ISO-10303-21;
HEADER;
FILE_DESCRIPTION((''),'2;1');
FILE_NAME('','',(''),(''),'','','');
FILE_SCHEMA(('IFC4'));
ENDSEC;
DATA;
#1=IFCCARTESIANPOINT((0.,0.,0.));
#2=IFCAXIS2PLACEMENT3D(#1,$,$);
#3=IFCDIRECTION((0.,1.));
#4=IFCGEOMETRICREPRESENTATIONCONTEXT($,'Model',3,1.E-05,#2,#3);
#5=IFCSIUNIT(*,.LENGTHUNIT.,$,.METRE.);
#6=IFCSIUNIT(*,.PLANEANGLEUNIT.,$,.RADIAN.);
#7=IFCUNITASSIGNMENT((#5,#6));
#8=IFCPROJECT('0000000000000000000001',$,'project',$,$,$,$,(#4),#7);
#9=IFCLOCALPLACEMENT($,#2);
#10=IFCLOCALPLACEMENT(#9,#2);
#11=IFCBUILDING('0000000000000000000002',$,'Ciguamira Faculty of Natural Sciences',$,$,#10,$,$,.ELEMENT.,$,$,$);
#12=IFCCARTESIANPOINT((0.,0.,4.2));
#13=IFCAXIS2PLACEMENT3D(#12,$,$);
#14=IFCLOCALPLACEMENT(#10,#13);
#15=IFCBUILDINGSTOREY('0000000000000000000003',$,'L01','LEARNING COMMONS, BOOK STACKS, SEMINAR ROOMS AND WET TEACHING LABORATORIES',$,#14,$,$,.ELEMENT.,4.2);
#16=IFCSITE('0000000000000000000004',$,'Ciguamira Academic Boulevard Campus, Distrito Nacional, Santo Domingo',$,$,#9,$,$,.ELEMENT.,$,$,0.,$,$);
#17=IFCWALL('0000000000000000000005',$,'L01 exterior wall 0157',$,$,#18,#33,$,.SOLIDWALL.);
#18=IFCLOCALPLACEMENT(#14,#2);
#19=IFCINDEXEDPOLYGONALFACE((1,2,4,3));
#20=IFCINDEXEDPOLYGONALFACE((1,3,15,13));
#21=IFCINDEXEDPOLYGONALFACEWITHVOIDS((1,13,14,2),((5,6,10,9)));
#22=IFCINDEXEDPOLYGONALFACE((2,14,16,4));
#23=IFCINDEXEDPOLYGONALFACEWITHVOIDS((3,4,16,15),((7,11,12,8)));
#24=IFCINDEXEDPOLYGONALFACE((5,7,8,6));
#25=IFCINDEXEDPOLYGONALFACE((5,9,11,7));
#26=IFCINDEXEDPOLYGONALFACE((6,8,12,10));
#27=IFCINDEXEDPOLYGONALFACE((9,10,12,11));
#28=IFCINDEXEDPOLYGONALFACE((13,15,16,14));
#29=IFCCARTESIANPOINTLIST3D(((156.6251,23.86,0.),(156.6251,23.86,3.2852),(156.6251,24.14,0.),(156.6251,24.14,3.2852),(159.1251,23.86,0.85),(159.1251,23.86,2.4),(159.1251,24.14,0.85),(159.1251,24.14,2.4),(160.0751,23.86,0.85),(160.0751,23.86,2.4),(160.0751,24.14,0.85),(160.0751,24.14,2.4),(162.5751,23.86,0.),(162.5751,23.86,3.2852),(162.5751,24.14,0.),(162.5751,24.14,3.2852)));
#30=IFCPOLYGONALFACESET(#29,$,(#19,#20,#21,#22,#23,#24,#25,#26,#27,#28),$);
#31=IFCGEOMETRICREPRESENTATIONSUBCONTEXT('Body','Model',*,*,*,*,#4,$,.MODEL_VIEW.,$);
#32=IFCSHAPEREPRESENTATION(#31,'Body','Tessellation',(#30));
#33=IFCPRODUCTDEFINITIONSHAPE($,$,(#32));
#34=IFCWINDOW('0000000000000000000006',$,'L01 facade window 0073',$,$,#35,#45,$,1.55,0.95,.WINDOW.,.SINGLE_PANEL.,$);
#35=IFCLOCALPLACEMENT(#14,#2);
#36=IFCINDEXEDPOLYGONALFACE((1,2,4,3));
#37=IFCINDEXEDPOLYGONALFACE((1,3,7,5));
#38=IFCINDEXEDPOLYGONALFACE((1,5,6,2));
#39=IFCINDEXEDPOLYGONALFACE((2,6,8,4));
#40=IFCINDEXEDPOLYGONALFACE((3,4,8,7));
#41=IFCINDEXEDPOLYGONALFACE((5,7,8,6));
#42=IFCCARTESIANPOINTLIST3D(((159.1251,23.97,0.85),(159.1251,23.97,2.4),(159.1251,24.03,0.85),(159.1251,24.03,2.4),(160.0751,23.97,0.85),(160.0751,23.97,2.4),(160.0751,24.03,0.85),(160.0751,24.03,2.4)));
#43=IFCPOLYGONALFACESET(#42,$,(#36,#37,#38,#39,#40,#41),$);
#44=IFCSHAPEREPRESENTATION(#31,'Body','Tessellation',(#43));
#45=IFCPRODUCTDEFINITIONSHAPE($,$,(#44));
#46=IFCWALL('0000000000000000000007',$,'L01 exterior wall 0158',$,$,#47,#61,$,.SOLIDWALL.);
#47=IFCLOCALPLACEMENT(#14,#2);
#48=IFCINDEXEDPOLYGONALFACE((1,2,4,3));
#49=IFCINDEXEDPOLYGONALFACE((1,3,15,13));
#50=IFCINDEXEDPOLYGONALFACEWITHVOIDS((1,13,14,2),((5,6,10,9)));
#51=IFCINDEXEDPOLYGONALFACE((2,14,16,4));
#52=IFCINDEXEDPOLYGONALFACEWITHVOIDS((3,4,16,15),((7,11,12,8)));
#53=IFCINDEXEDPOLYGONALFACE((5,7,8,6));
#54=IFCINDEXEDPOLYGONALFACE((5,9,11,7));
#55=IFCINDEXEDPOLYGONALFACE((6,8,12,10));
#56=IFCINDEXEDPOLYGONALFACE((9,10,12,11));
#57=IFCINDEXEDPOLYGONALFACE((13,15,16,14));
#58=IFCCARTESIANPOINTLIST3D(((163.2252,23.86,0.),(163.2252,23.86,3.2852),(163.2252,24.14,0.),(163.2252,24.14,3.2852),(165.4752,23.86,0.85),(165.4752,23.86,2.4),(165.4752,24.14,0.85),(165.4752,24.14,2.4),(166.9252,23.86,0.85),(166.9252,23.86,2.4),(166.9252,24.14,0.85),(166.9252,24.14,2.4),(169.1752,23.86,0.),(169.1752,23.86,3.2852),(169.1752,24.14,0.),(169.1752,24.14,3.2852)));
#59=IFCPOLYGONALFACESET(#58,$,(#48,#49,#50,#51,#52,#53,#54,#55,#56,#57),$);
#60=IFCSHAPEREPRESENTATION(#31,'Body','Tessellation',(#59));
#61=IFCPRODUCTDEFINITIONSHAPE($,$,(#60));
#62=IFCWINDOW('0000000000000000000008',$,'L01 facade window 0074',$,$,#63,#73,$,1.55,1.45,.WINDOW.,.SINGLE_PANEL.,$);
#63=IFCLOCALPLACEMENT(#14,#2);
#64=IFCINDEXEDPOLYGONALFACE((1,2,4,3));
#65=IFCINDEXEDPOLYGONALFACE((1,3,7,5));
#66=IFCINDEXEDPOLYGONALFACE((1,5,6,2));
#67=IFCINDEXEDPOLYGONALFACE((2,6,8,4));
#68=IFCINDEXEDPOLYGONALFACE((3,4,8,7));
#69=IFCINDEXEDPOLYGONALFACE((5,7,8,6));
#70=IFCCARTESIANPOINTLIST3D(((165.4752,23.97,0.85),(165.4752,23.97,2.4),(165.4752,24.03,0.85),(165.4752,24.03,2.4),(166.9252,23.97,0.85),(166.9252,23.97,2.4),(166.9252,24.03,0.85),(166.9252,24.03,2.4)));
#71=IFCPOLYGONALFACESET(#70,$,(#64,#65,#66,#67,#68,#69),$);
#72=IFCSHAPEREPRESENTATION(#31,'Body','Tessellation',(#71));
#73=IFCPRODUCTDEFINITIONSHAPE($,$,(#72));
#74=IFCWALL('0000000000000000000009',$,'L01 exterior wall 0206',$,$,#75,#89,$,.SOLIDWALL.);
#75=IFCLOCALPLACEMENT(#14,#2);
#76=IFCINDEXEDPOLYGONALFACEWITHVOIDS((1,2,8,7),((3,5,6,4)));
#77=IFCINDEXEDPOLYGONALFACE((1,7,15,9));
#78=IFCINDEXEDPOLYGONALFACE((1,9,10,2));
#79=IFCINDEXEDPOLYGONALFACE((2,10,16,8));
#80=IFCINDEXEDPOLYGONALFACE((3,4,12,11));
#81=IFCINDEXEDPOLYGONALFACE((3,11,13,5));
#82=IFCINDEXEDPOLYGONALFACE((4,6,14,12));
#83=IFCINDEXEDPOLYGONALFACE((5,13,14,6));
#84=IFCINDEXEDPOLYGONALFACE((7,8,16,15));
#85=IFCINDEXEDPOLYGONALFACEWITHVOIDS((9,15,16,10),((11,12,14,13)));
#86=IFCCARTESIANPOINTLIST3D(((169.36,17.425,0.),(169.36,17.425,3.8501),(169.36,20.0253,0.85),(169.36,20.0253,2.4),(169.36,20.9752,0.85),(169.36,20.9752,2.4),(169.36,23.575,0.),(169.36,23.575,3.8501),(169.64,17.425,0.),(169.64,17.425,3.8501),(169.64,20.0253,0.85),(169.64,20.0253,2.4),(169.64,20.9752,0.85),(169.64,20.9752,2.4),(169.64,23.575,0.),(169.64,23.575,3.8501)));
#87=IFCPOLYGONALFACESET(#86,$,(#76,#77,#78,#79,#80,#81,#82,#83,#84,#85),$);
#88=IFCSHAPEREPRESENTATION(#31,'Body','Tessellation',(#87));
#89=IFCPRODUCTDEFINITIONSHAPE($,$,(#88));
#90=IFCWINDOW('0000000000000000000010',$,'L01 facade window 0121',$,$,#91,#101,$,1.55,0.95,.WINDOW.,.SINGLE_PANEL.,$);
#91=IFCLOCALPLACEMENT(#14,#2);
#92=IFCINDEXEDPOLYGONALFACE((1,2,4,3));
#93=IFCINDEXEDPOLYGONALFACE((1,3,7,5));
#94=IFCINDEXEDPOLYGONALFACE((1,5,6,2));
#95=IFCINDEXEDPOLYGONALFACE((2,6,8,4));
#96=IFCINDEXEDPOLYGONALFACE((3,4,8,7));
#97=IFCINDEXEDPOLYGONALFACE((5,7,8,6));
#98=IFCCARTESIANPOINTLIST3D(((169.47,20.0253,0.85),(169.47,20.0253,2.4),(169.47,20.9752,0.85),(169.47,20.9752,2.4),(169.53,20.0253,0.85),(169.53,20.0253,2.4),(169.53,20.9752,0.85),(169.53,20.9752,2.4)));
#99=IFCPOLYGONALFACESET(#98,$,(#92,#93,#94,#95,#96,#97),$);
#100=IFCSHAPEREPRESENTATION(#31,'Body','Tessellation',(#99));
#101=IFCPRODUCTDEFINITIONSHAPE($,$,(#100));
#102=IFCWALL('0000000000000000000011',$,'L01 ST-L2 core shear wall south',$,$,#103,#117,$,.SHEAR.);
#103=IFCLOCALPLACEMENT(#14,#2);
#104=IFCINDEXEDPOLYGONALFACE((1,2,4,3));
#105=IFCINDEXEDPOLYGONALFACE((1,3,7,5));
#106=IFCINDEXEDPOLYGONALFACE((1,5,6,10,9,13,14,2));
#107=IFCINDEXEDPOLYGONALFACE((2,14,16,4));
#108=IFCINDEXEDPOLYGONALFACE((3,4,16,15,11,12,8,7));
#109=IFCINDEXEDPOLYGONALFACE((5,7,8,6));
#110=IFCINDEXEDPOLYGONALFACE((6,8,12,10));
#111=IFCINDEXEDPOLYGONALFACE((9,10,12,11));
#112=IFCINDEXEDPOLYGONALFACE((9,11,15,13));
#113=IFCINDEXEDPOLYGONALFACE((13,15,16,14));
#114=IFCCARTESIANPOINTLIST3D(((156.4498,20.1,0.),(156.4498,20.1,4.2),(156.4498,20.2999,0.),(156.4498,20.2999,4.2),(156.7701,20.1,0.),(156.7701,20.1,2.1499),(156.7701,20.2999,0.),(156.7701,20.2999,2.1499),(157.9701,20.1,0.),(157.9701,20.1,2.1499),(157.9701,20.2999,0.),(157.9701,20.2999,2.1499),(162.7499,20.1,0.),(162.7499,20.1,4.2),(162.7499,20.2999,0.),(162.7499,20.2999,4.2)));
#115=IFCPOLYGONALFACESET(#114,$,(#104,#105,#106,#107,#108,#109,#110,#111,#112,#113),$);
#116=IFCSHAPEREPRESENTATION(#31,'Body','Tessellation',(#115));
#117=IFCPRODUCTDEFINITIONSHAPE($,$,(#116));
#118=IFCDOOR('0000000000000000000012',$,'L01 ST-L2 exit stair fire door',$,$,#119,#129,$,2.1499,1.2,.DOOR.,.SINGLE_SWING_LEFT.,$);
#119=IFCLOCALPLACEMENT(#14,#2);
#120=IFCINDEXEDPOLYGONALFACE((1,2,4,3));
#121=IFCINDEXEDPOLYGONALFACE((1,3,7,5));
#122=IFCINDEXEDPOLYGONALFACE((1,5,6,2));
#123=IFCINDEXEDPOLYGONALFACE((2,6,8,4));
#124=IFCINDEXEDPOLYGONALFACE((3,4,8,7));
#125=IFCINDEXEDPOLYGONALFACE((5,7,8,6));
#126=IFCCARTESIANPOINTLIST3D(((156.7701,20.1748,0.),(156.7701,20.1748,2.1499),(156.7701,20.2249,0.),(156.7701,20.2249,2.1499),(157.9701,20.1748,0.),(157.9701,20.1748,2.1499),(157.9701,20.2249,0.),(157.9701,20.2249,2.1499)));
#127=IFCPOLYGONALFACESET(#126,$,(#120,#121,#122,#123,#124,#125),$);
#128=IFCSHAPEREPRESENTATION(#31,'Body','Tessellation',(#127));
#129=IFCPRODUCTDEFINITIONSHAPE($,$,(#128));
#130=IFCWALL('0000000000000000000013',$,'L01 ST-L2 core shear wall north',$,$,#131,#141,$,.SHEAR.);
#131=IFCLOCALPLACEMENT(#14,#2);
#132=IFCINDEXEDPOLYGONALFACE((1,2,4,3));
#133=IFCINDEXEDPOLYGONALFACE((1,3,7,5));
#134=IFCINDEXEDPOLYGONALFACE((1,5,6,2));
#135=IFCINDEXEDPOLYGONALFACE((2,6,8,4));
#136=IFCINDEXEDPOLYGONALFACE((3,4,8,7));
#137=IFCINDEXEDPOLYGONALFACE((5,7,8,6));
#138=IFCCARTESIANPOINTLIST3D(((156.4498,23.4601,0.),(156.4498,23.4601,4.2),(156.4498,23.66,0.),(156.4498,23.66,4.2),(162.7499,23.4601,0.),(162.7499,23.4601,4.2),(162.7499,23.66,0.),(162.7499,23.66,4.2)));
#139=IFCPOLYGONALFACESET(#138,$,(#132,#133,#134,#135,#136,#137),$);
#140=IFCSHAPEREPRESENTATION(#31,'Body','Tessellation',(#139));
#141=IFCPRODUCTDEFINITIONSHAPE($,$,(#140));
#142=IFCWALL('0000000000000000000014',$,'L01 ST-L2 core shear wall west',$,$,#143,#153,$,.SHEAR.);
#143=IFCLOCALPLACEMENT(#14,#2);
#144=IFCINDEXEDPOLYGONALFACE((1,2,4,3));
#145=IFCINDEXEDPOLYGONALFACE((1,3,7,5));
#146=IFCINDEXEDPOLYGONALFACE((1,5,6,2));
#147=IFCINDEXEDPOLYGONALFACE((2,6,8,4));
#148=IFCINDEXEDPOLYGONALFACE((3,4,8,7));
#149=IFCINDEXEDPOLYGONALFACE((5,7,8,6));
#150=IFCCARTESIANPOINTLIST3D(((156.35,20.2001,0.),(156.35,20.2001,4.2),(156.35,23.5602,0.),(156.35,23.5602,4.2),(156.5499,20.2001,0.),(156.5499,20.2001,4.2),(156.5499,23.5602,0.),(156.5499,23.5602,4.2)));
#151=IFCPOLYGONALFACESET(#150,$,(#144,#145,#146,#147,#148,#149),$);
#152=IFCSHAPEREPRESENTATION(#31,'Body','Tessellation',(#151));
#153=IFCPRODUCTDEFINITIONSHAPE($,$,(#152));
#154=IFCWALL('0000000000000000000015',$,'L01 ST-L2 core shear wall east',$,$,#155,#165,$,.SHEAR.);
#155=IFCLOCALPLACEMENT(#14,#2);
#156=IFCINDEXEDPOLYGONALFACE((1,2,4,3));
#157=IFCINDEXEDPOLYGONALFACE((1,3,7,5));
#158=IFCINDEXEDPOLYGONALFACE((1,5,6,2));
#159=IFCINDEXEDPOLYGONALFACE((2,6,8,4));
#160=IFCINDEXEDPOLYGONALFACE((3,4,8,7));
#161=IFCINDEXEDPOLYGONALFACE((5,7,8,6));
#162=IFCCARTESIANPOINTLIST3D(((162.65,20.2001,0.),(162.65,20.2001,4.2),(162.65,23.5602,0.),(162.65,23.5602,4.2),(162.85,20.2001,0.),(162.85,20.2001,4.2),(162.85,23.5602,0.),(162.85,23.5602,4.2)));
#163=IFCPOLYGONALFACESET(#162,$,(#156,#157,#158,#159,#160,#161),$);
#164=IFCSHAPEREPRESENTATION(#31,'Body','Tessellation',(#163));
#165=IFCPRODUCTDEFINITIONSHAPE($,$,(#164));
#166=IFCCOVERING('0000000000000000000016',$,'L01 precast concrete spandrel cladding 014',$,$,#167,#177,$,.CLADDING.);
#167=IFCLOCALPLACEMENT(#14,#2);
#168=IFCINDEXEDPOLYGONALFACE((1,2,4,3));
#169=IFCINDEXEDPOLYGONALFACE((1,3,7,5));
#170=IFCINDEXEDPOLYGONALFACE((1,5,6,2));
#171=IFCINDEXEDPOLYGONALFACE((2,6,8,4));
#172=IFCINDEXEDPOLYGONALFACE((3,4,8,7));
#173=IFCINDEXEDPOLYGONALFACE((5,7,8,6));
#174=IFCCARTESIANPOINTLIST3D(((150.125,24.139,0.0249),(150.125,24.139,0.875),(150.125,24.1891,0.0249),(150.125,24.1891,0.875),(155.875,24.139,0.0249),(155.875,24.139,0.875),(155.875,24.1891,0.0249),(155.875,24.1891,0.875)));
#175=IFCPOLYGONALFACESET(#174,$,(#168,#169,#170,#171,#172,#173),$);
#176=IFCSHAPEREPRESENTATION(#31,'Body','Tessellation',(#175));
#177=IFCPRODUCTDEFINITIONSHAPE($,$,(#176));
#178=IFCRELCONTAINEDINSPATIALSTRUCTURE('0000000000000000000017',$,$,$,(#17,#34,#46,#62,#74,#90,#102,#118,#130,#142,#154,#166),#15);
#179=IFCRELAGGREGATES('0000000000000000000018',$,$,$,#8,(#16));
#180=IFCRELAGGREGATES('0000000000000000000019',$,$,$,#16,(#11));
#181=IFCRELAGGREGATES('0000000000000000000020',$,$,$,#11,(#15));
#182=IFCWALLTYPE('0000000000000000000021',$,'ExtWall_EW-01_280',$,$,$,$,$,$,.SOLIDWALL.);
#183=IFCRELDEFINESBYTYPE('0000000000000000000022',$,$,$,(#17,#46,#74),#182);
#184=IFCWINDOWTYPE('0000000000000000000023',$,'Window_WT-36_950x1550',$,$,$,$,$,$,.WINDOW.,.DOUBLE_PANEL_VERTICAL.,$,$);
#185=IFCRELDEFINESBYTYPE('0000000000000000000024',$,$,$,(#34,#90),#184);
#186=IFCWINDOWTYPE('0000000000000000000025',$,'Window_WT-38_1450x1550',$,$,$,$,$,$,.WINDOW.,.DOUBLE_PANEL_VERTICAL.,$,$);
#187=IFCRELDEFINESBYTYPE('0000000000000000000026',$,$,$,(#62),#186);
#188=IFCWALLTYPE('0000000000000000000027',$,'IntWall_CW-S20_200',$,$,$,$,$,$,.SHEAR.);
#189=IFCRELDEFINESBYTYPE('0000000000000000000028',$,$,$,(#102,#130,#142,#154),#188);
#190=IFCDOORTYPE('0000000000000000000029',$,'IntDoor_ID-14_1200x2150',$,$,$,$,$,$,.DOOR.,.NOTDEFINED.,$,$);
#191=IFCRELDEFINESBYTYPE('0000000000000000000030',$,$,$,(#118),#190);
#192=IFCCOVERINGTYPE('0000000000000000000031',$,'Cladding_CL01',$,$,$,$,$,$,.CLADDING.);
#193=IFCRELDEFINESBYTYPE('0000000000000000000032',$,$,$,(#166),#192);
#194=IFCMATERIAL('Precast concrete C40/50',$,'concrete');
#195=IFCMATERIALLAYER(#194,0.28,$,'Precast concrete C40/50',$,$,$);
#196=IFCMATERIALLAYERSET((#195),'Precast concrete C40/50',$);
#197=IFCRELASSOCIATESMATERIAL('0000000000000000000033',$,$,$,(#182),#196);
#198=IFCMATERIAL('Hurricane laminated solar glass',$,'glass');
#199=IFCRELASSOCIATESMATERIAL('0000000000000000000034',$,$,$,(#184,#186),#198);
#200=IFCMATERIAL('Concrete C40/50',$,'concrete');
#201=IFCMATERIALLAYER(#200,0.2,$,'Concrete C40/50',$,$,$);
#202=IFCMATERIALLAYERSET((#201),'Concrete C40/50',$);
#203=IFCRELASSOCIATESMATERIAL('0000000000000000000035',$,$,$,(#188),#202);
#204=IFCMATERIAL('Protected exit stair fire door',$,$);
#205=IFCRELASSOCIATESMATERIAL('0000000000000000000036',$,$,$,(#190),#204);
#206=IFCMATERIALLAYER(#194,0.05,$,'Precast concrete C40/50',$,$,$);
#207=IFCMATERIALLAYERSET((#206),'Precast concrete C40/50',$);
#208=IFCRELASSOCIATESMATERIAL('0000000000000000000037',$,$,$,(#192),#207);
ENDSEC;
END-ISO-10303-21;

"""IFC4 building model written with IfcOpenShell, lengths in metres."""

from ifc_helpers import new_model, si_unit, direction, frame, frame_2d, origin, origin_2d, place, context, subcontext, project, spatial, rectangle, extrude, material, layer, layer_set, type_object, element, fill, save


model = new_model("IFC4")

# Units and contexts
model_context = context("Model", 3, precision=1e-05, world=origin(), true_north=direction((0.0, 1.0)))
body_context = subcontext(model_context, "Body", "Model", "MODEL_VIEW")
ifc_project = project(units=[si_unit("LENGTHUNIT", "METRE"), si_unit("PLANEANGLEUNIT", "RADIAN")], contexts=[model_context])

# Site, building, storey
site_placement = place(None, origin())
site = spatial("IfcSite", under=ifc_project, at=site_placement, Name="Ciguamira Academic Boulevard Campus, Distrito Nacional, Santo Domingo", CompositionType="ELEMENT", RefElevation=0.0)
building_placement = place(site_placement, origin())
building = spatial("IfcBuilding", under=site, at=building_placement, Name="Ciguamira Faculty of Natural Sciences", CompositionType="ELEMENT")
storey_placement = place(building_placement, frame((0.0, 0.0, 4.2)))
storey = spatial("IfcBuildingStorey", under=building, at=storey_placement, Name="L01", Description="LEARNING COMMONS, BOOK STACKS, SEMINAR ROOMS AND WET TEACHING LABORATORIES", CompositionType="ELEMENT", Elevation=4.2)

# Shared definitions
ifc_material_1 = material(Name="Concrete C40/50", Category="concrete")

# Shared definitions
ifc_material_2 = material(Name="Precast concrete C40/50", Category="concrete")

# Walls, openings, windows
ifc_layer_1 = layer(ifc_material_2, 0.28, Name="Precast concrete C40/50")
ifc_layer_set_1 = layer_set([ifc_layer_1], Name="Precast concrete C40/50")
wall_type_1 = type_object("IfcWallType", Name="ExtWall_EW-01_280", PredefinedType="SOLIDWALL", material=ifc_layer_set_1)
wall_1_placement = place(storey_placement, frame((156.625, 24.0, 0.0), z_axis=(0.0, 0.0, 1.0), x_axis=(1.0, 0.0, 0.0)))
wall_1 = element("IfcWall", 1, at=wall_1_placement, inside=storey, type_object=wall_type_1, Name="L01 exterior wall 0157", PredefinedType="SOLIDWALL", context=body_context, shape_type="SweptSolid", body=[
    extrude(rectangle(XDim=5.95, YDim=0.28, at=frame_2d((2.9751, 0.0))), origin(), (0.0, 0.0, 1.0), 3.2852),
])
opening_1_placement = place(wall_1_placement, frame((2.5, 0.0, 0.8501)))
opening_1 = element("IfcOpeningElement", 2, at=opening_1_placement, cuts=wall_1, PredefinedType="OPENING", context=body_context, shape_type="SweptSolid", body=[
    extrude(rectangle(XDim=0.95, YDim=1.55, at=frame_2d((0.4751, 0.7749))), frame((0.0, 0.1499, 0.0), z_axis=(0.0, -1.0, 0.0), x_axis=(1.0, 0.0, 0.0)), (0.0, 0.0, 1.0), 0.3),
])
ifc_material_3 = material(Name="Hurricane laminated solar glass", Category="glass")
window_type_1 = type_object("IfcWindowType", Name="Window_WT-36_950x1550", PartitioningType="DOUBLE_PANEL_VERTICAL", PredefinedType="WINDOW", material=ifc_material_3)
window_1_placement = place(opening_1_placement, origin())
window_1 = element("IfcWindow", 3, at=window_1_placement, inside=storey, type_object=window_type_1, Name="L01 facade window 0073", OverallHeight=1.55, OverallWidth=0.95, PartitioningType="SINGLE_PANEL", PredefinedType="WINDOW", context=body_context, shape_type="SweptSolid", body=[
    extrude(rectangle(XDim=0.95, YDim=1.55, at=frame_2d((0.4751, 0.7749))), frame((0.0, 0.03, 0.0), z_axis=(0.0, -1.0, 0.0), x_axis=(1.0, 0.0, 0.0)), (0.0, 0.0, 1.0), 0.0601),
])
fill(opening_1, window_1)
wall_2_placement = place(storey_placement, frame((163.2251, 24.0, 0.0), z_axis=(0.0, 0.0, 1.0), x_axis=(1.0, 0.0, 0.0)))
wall_2 = element("IfcWall", 4, at=wall_2_placement, inside=storey, type_object=wall_type_1, Name="L01 exterior wall 0158", PredefinedType="SOLIDWALL", context=body_context, shape_type="SweptSolid", body=[
    extrude(rectangle(XDim=5.95, YDim=0.28, at=frame_2d((2.9751, 0.0))), origin(), (0.0, 0.0, 1.0), 3.2852),
])
opening_2_placement = place(wall_2_placement, frame((2.25, 0.0, 0.8501)))
opening_2 = element("IfcOpeningElement", 5, at=opening_2_placement, cuts=wall_2, PredefinedType="OPENING", context=body_context, shape_type="SweptSolid", body=[
    extrude(rectangle(XDim=1.45, YDim=1.55, at=frame_2d((0.7251, 0.7749))), frame((0.0, 0.1499, 0.0), z_axis=(0.0, -1.0, 0.0), x_axis=(1.0, 0.0, 0.0)), (0.0, 0.0, 1.0), 0.3),
])
window_type_2 = type_object("IfcWindowType", Name="Window_WT-38_1450x1550", PartitioningType="DOUBLE_PANEL_VERTICAL", PredefinedType="WINDOW", material=ifc_material_3)
window_2_placement = place(opening_2_placement, origin())
window_2 = element("IfcWindow", 6, at=window_2_placement, inside=storey, type_object=window_type_2, Name="L01 facade window 0074", OverallHeight=1.55, OverallWidth=1.45, PartitioningType="SINGLE_PANEL", PredefinedType="WINDOW", context=body_context, shape_type="SweptSolid", body=[
    extrude(rectangle(XDim=1.45, YDim=1.55, at=frame_2d((0.7251, 0.7749))), frame((0.0, 0.03, 0.0), z_axis=(0.0, -1.0, 0.0), x_axis=(1.0, 0.0, 0.0)), (0.0, 0.0, 1.0), 0.0601),
])
fill(opening_2, window_2)
wall_3_placement = place(storey_placement, frame((169.5, 17.425, 0.0), z_axis=(0.0, 0.0, 1.0), x_axis=(0.0, 1.0, 0.0)))
wall_3 = element("IfcWall", 7, at=wall_3_placement, inside=storey, type_object=wall_type_1, Name="L01 exterior wall 0206", PredefinedType="SOLIDWALL", context=body_context, shape_type="SweptSolid", body=[
    extrude(rectangle(XDim=6.1499, YDim=0.28, at=frame_2d((3.075, 0.0))), origin(), (0.0, 0.0, 1.0), 3.8501),
])
opening_3_placement = place(wall_3_placement, frame((2.6001, 0.0, 0.8501)))
opening_3 = element("IfcOpeningElement", 8, at=opening_3_placement, cuts=wall_3, PredefinedType="OPENING", context=body_context, shape_type="SweptSolid", body=[
    extrude(rectangle(XDim=0.95, YDim=1.55, at=frame_2d((0.4751, 0.7749))), frame((0.0, 0.1499, 0.0), z_axis=(0.0, -1.0, 0.0), x_axis=(1.0, 0.0, 0.0)), (0.0, 0.0, 1.0), 0.3),
])
window_3_placement = place(opening_3_placement, origin())
window_3 = element("IfcWindow", 9, at=window_3_placement, inside=storey, type_object=window_type_1, Name="L01 facade window 0121", OverallHeight=1.55, OverallWidth=0.95, PartitioningType="SINGLE_PANEL", PredefinedType="WINDOW", context=body_context, shape_type="SweptSolid", body=[
    extrude(rectangle(XDim=0.95, YDim=1.55, at=frame_2d((0.4751, 0.7749))), frame((0.0, 0.03, 0.0), z_axis=(0.0, -1.0, 0.0), x_axis=(1.0, 0.0, 0.0)), (0.0, 0.0, 1.0), 0.0601),
])
fill(opening_3, window_3)

# Wall, opening, door
ifc_layer_2 = layer(ifc_material_1, 0.2, Name="Concrete C40/50")
ifc_layer_set_2 = layer_set([ifc_layer_2], Name="Concrete C40/50")
wall_type_2 = type_object("IfcWallType", Name="IntWall_CW-S20_200", PredefinedType="SHEAR", material=ifc_layer_set_2)
wall_4_placement = place(storey_placement, frame((156.45, 20.2, 0.0), z_axis=(0.0, 0.0, 1.0), x_axis=(1.0, 0.0, 0.0)))
wall_4 = element("IfcWall", 10, at=wall_4_placement, inside=storey, type_object=wall_type_2, Name="L01 ST-L2 core shear wall south", PredefinedType="SHEAR", context=body_context, shape_type="SweptSolid", body=[
    extrude(rectangle(XDim=6.3, YDim=0.2, at=frame_2d((3.1499, 0.0))), origin(), (0.0, 0.0, 1.0), 4.2),
])
opening_4_placement = place(wall_4_placement, frame((0.3201, 0.0, 0.0)))
opening_4 = element("IfcOpeningElement", 11, at=opening_4_placement, cuts=wall_4, PredefinedType="OPENING", context=body_context, shape_type="SweptSolid", body=[
    extrude(rectangle(XDim=1.2, YDim=2.1499, at=frame_2d((0.6001, 1.075))), frame((0.0, 0.1099, 0.0), z_axis=(0.0, -1.0, 0.0), x_axis=(1.0, 0.0, 0.0)), (0.0, 0.0, 1.0), 0.22),
])
ifc_material_4 = material(Name="Protected exit stair fire door")
door_type = type_object("IfcDoorType", Name="IntDoor_ID-14_1200x2150", OperationType="NOTDEFINED", PredefinedType="DOOR", material=ifc_material_4)
door_placement = place(opening_4_placement, origin())
door = element("IfcDoor", 12, at=door_placement, inside=storey, type_object=door_type, Name="L01 ST-L2 exit stair fire door", OperationType="SINGLE_SWING_LEFT", OverallHeight=2.1499, OverallWidth=1.2, PredefinedType="DOOR", context=body_context, shape_type="SweptSolid", body=[
    extrude(rectangle(XDim=1.2, YDim=2.1499, at=frame_2d((0.6001, 1.075))), frame((0.0, 0.0249, 0.0), z_axis=(0.0, -1.0, 0.0), x_axis=(1.0, 0.0, 0.0)), (0.0, 0.0, 1.0), 0.05),
])
fill(opening_4, door)

# Walls
wall_5_placement = place(storey_placement, frame((156.45, 23.5601, 0.0), z_axis=(0.0, 0.0, 1.0), x_axis=(1.0, 0.0, 0.0)))
element("IfcWall", 13, at=wall_5_placement, inside=storey, type_object=wall_type_2, Name="L01 ST-L2 core shear wall north", PredefinedType="SHEAR", context=body_context, shape_type="SweptSolid", body=[
    extrude(rectangle(XDim=6.3, YDim=0.2, at=frame_2d((3.1499, 0.0))), origin(), (0.0, 0.0, 1.0), 4.2),
])
for number, where, z_axis, x_axis, name in (
    (14, (156.45, 20.2, 0.0), (0.0, 0.0, 1.0), (0.0, 1.0, 0.0), "L01 ST-L2 core shear wall west"),
    (15, (162.75, 20.2, 0.0), (0.0, 0.0, 1.0), (0.0, 1.0, 0.0), "L01 ST-L2 core shear wall east"),
):
    element("IfcWall", number, at=place(storey_placement, frame(where, z_axis=z_axis, x_axis=x_axis)), inside=storey, type_object=wall_type_2, Name=name, PredefinedType="SHEAR", context=body_context, shape_type="SweptSolid", body=[
        extrude(rectangle(XDim=3.3601, YDim=0.2, at=frame_2d((1.6802, 0.0))), origin(), (0.0, 0.0, 1.0), 4.2),
    ])

# Covering
ifc_layer_3 = layer(ifc_material_2, 0.05, Name="Precast concrete C40/50")
ifc_layer_set_3 = layer_set([ifc_layer_3], Name="Precast concrete C40/50")
covering_type = type_object("IfcCoveringType", Name="Cladding_CL01", PredefinedType="CLADDING", material=ifc_layer_set_3)
covering_placement = place(storey_placement, frame((153.0, 24.1641, 0.0249), z_axis=(0.0, 0.0, 1.0), x_axis=(1.0, 0.0, 0.0)))
element("IfcCovering", 16, at=covering_placement, inside=storey, type_object=covering_type, Name="L01 precast concrete spandrel cladding 014", PredefinedType="CLADDING", context=body_context, shape_type="SweptSolid", body=[
    extrude(rectangle(XDim=5.75, YDim=0.05, at=origin_2d()), origin(), (0.0, 0.0, 1.0), 0.8501),
])

save(model, "model.ifc")
